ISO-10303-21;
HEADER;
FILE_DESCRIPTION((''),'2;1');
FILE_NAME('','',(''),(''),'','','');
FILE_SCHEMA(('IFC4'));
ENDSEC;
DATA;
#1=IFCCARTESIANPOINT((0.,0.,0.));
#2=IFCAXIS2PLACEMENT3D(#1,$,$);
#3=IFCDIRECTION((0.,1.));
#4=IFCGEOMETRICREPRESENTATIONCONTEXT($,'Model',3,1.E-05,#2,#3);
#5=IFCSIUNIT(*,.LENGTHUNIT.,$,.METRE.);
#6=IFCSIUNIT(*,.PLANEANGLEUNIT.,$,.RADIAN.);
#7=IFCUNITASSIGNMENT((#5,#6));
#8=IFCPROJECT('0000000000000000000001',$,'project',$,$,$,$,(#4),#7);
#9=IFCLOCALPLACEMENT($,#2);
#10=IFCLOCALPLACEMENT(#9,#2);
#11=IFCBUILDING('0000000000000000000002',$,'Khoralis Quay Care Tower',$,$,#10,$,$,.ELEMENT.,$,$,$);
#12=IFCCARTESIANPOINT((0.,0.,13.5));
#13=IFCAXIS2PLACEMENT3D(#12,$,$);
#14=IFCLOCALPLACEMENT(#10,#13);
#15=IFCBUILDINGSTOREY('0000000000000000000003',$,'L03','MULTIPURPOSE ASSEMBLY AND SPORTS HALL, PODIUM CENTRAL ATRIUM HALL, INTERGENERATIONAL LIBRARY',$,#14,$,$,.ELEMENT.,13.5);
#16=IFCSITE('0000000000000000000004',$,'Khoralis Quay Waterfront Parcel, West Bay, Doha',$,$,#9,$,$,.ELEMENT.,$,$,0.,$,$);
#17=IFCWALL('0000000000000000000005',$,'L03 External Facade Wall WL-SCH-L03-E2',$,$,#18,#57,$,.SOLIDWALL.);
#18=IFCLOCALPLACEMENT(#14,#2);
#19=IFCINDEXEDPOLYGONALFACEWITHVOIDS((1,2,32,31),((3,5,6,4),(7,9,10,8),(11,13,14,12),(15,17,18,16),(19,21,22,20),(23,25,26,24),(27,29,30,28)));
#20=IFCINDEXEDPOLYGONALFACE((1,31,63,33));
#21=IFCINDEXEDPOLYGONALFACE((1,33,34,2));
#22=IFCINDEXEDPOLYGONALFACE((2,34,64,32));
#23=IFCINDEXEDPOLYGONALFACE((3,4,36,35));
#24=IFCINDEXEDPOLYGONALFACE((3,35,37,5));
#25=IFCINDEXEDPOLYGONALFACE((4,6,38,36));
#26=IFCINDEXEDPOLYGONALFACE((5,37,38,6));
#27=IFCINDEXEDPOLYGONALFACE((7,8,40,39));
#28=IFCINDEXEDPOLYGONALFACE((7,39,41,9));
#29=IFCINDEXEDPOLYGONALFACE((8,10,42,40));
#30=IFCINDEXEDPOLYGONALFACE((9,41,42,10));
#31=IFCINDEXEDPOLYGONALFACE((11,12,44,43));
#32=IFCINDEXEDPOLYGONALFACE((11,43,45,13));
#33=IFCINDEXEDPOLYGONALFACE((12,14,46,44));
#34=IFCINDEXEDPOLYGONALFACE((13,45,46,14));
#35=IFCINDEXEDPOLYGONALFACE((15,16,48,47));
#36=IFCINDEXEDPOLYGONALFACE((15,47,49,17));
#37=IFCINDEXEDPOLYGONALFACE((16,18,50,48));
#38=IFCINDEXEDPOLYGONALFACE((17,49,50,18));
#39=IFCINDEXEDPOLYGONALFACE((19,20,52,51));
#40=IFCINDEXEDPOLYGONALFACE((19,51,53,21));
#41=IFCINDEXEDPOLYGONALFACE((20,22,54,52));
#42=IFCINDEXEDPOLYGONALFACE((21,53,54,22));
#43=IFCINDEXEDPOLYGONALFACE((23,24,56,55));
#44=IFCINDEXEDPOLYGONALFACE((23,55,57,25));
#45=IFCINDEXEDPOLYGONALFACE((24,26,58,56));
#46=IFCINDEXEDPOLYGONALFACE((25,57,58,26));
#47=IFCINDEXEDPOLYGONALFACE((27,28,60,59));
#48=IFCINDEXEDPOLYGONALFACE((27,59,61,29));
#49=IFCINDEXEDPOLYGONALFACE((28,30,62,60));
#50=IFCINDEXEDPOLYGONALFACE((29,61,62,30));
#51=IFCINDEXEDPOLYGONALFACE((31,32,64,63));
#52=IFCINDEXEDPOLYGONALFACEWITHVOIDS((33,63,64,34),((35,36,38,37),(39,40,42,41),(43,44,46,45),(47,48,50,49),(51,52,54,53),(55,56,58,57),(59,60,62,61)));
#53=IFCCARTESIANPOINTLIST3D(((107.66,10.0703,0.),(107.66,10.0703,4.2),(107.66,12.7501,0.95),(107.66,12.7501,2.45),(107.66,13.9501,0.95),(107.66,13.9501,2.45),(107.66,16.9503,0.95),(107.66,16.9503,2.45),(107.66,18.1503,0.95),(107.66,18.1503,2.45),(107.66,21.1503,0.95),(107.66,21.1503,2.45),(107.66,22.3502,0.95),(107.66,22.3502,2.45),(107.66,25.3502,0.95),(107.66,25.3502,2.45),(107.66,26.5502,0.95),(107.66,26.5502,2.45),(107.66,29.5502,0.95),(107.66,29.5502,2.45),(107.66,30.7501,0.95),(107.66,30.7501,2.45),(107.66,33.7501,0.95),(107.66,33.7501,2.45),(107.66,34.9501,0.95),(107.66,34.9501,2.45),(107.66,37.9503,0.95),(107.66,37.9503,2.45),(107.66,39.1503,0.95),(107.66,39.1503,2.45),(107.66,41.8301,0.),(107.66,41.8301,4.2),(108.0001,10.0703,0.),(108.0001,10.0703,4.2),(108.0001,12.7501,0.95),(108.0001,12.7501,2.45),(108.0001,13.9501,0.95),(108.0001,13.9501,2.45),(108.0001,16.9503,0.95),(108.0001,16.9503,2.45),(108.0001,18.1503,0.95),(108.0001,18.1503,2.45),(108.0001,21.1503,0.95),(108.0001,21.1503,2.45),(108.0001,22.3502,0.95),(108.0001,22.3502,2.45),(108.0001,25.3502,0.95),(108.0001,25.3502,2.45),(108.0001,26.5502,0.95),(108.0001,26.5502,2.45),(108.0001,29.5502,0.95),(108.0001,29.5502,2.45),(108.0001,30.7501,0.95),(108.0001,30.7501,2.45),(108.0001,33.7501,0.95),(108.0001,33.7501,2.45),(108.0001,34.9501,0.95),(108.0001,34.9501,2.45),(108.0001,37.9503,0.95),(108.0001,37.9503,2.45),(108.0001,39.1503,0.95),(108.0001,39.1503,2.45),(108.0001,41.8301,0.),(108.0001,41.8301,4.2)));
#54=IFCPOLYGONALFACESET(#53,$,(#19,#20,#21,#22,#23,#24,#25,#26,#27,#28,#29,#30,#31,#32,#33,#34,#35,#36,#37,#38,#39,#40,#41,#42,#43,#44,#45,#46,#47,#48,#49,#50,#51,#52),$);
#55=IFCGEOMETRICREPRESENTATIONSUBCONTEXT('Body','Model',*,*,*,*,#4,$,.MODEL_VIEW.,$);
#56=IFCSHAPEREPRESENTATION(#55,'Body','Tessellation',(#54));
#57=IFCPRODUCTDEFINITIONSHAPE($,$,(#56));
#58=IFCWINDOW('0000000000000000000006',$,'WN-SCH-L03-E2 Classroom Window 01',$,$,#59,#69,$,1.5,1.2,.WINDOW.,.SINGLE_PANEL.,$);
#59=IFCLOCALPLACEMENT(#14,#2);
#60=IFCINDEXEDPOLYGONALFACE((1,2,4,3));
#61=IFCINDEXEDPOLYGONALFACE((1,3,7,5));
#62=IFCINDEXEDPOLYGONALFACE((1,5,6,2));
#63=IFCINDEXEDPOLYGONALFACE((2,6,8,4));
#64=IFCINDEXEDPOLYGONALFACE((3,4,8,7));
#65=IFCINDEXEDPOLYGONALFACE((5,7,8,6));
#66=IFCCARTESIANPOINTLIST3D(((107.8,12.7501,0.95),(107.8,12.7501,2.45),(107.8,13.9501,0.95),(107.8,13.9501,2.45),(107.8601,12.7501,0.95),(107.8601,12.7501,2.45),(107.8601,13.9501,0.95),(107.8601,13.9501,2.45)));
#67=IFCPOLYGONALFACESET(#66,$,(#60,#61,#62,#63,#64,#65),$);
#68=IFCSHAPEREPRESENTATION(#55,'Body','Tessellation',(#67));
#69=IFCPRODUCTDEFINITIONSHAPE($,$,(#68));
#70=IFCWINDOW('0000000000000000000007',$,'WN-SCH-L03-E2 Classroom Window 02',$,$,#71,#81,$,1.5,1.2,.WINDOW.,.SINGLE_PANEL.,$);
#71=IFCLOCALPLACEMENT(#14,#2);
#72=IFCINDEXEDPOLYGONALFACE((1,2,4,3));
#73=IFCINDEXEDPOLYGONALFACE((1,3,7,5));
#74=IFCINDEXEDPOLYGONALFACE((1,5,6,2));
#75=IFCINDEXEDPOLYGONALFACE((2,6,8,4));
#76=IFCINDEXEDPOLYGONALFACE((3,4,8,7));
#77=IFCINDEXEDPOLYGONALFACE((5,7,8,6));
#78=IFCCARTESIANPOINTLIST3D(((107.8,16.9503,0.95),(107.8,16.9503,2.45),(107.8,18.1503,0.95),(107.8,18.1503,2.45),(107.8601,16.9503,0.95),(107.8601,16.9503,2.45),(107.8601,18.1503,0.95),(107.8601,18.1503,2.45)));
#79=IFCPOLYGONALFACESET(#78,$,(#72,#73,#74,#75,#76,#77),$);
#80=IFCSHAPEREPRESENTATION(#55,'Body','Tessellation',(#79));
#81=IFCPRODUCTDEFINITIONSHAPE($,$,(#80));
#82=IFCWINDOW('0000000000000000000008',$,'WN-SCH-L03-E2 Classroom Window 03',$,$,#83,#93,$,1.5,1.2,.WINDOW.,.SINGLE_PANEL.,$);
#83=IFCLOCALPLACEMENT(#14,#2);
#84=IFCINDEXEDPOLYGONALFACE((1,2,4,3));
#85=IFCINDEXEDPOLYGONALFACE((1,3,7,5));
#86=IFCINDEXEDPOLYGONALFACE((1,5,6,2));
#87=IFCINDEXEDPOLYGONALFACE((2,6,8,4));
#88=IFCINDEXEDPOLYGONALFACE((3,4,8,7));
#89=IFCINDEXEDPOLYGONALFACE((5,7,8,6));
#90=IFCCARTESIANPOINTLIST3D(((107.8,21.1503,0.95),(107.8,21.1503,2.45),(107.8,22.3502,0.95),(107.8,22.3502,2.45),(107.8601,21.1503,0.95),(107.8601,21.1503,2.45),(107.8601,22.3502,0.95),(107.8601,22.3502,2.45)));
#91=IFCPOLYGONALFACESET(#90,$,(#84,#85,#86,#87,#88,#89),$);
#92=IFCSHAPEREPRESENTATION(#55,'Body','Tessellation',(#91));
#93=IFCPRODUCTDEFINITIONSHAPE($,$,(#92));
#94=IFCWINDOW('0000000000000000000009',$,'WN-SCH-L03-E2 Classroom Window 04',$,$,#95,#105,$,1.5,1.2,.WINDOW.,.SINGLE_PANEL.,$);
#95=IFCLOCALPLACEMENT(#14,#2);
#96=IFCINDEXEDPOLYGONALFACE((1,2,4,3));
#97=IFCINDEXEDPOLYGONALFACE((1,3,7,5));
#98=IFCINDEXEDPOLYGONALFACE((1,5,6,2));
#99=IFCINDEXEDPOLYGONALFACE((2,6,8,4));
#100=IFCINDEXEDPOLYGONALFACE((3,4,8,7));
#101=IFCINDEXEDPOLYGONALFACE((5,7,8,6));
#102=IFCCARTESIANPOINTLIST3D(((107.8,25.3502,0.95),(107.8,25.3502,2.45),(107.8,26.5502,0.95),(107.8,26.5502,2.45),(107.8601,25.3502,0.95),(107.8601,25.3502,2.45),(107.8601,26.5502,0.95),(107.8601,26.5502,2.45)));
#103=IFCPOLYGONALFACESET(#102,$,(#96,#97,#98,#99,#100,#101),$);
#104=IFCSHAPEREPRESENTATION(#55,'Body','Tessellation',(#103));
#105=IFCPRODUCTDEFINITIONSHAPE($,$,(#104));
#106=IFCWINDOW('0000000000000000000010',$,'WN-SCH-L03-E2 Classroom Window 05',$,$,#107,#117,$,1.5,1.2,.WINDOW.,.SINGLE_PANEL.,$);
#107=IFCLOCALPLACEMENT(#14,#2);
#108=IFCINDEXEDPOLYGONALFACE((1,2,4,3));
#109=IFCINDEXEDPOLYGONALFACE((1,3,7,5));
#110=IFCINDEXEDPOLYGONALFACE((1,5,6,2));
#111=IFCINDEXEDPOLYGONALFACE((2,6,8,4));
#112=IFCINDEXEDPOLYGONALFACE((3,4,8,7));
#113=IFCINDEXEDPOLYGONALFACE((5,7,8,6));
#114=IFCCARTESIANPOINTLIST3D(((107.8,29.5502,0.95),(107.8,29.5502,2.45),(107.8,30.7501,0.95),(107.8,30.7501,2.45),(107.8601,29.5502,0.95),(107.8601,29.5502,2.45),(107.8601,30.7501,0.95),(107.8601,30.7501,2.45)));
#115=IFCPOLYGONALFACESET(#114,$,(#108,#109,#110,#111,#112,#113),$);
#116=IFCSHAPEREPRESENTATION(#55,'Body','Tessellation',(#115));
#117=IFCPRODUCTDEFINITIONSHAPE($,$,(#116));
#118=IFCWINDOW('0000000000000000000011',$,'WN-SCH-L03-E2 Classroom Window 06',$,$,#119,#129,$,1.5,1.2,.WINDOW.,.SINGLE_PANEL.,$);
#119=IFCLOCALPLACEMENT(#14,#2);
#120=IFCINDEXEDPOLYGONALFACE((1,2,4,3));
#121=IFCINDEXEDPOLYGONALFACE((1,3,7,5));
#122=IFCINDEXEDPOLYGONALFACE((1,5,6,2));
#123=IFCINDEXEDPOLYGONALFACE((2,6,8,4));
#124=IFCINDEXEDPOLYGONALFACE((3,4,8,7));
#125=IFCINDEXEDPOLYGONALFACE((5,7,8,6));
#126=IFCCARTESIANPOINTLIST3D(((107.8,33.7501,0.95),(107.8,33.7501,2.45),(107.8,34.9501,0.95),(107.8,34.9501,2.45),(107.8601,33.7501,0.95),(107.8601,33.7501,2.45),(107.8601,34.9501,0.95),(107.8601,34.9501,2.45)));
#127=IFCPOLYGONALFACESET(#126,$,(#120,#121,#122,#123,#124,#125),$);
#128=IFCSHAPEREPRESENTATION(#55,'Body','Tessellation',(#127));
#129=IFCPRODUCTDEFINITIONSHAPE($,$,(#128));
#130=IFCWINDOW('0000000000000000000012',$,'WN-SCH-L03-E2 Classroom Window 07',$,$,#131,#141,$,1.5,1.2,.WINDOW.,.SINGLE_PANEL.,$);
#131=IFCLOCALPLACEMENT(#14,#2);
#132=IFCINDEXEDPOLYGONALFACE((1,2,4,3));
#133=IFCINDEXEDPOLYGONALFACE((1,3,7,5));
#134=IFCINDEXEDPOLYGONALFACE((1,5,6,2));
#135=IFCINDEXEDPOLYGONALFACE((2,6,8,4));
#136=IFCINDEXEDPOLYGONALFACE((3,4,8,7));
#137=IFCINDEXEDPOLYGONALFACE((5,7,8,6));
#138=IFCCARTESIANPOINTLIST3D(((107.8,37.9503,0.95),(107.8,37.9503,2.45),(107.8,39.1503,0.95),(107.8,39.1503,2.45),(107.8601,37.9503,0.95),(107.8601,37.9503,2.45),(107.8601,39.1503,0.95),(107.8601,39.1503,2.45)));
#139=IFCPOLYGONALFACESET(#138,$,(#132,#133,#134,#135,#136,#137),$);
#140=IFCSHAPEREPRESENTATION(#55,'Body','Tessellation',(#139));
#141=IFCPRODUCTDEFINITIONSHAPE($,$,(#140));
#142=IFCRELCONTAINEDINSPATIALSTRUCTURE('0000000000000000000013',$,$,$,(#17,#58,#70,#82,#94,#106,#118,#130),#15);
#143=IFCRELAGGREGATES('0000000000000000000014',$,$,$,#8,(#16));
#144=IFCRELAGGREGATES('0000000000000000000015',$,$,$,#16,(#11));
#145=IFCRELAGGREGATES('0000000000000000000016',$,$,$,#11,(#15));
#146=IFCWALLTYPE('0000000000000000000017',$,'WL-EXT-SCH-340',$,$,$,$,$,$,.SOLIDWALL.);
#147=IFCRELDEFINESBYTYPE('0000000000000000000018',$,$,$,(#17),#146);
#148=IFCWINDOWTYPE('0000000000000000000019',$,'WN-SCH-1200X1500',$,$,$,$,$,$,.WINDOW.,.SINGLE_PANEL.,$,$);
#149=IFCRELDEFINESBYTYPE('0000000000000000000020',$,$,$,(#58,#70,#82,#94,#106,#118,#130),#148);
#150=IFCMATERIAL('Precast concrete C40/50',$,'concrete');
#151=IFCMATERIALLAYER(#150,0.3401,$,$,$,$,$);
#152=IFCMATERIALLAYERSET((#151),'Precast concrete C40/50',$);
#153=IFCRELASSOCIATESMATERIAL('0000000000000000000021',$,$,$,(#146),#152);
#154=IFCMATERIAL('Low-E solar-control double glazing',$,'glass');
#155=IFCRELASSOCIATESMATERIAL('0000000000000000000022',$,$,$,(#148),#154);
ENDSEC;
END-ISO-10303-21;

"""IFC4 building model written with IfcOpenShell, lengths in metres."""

from ifc_helpers import new_model, si_unit, direction, frame, frame_2d, origin, place, context, subcontext, project, spatial, rectangle, extrude, source, transform, mapped, material, layer, layer_set, type_object, element, fill, save


model = new_model("IFC4")

# Units and contexts
model_context = context("Model", 3, precision=1e-05, world=origin(), true_north=direction((0.0, 1.0)))
body_context = subcontext(model_context, "Body", "Model", "MODEL_VIEW")
ifc_project = project(units=[si_unit("LENGTHUNIT", "METRE"), si_unit("PLANEANGLEUNIT", "RADIAN")], contexts=[model_context])

# Site, building, storey
site_placement = place(None, origin())
site = spatial("IfcSite", under=ifc_project, at=site_placement, Name="Khoralis Quay Waterfront Parcel, West Bay, Doha", CompositionType="ELEMENT", RefElevation=0.0)
building_placement = place(site_placement, origin())
building = spatial("IfcBuilding", under=site, at=building_placement, Name="Khoralis Quay Care Tower", CompositionType="ELEMENT")
storey_placement = place(building_placement, frame((0.0, 0.0, 13.5)))
storey = spatial("IfcBuildingStorey", under=building, at=storey_placement, Name="L03", Description="MULTIPURPOSE ASSEMBLY AND SPORTS HALL, PODIUM CENTRAL ATRIUM HALL, INTERGENERATIONAL LIBRARY", CompositionType="ELEMENT", Elevation=13.5)

# Shared definitions
ifc_material_1 = material(Name="Precast concrete C40/50", Category="concrete")
ifc_layer = layer(ifc_material_1, 0.3401)
ifc_layer_set = layer_set([ifc_layer], Name="Precast concrete C40/50")
wall_type = type_object("IfcWallType", Name="WL-EXT-SCH-340", PredefinedType="SOLIDWALL", material=ifc_layer_set)
ifc_material_2 = material(Name="Low-E solar-control double glazing", Category="glass")
window_type = type_object("IfcWindowType", Name="WN-SCH-1200X1500", PartitioningType="SINGLE_PANEL", PredefinedType="WINDOW", material=ifc_material_2)
shared_shape_1 = source(origin(), body_context, "Body", "SweptSolid", [
    extrude(rectangle(XDim=1.2, YDim=1.5, at=frame_2d((0.6001, 0.75))), frame((0.0, 0.03, 0.0), z_axis=(0.0, -1.0, 0.0), x_axis=(1.0, 0.0, 0.0)), (0.0, 0.0, 1.0), 0.0601),
])

# Wall, openings, windows
wall_1_placement = place(storey_placement, frame((107.8301, 10.0703, 0.0), z_axis=(0.0, 0.0, 1.0), x_axis=(0.0, 1.0, 0.0)))
wall_1 = element("IfcWall", 1, at=wall_1_placement, inside=storey, type_object=wall_type, Name="L03 External Facade Wall WL-SCH-L03-E2", PredefinedType="SOLIDWALL", context=body_context, shape_type="SweptSolid", body=[
    extrude(rectangle(XDim=31.7598, YDim=0.3401, at=frame_2d((15.8799, 0.0))), origin(), (0.0, 0.0, 1.0), 4.2),
])
opening_1_placement = place(wall_1_placement, frame((2.6797, 0.0, 0.95)))
opening_1 = element("IfcOpeningElement", 2, at=opening_1_placement, cuts=wall_1, PredefinedType="OPENING", context=body_context, shape_type="SweptSolid", body=[
    extrude(rectangle(XDim=1.2, YDim=1.5, at=frame_2d((0.6001, 0.75))), frame((0.0, 0.1802, 0.0), z_axis=(0.0, -1.0, 0.0), x_axis=(1.0, 0.0, 0.0)), (0.0, 0.0, 1.0), 0.3601),
])
opening_2_placement = place(wall_1_placement, frame((6.8799, 0.0, 0.95)))
opening_2 = element("IfcOpeningElement", 3, at=opening_2_placement, cuts=wall_1, PredefinedType="OPENING", context=body_context, shape_type="SweptSolid", body=[
    extrude(rectangle(XDim=1.2, YDim=1.5, at=frame_2d((0.6001, 0.75))), frame((0.0, 0.1802, 0.0), z_axis=(0.0, -1.0, 0.0), x_axis=(1.0, 0.0, 0.0)), (0.0, 0.0, 1.0), 0.3601),
])
opening_3_placement = place(wall_1_placement, frame((11.0798, 0.0, 0.95)))
opening_3 = element("IfcOpeningElement", 4, at=opening_3_placement, cuts=wall_1, PredefinedType="OPENING", context=body_context, shape_type="SweptSolid", body=[
    extrude(rectangle(XDim=1.2, YDim=1.5, at=frame_2d((0.6001, 0.75))), frame((0.0, 0.1802, 0.0), z_axis=(0.0, -1.0, 0.0), x_axis=(1.0, 0.0, 0.0)), (0.0, 0.0, 1.0), 0.3601),
])
opening_4_placement = place(wall_1_placement, frame((15.2798, 0.0, 0.95)))
opening_4 = element("IfcOpeningElement", 5, at=opening_4_placement, cuts=wall_1, PredefinedType="OPENING", context=body_context, shape_type="SweptSolid", body=[
    extrude(rectangle(XDim=1.2, YDim=1.5, at=frame_2d((0.6001, 0.75))), frame((0.0, 0.1802, 0.0), z_axis=(0.0, -1.0, 0.0), x_axis=(1.0, 0.0, 0.0)), (0.0, 0.0, 1.0), 0.3601),
])
opening_5_placement = place(wall_1_placement, frame((19.4797, 0.0, 0.95)))
opening_5 = element("IfcOpeningElement", 6, at=opening_5_placement, cuts=wall_1, PredefinedType="OPENING", context=body_context, shape_type="SweptSolid", body=[
    extrude(rectangle(XDim=1.2, YDim=1.5, at=frame_2d((0.6001, 0.75))), frame((0.0, 0.1802, 0.0), z_axis=(0.0, -1.0, 0.0), x_axis=(1.0, 0.0, 0.0)), (0.0, 0.0, 1.0), 0.3601),
])
opening_6_placement = place(wall_1_placement, frame((23.6797, 0.0, 0.95)))
opening_6 = element("IfcOpeningElement", 7, at=opening_6_placement, cuts=wall_1, PredefinedType="OPENING", context=body_context, shape_type="SweptSolid", body=[
    extrude(rectangle(XDim=1.2, YDim=1.5, at=frame_2d((0.6001, 0.75))), frame((0.0, 0.1802, 0.0), z_axis=(0.0, -1.0, 0.0), x_axis=(1.0, 0.0, 0.0)), (0.0, 0.0, 1.0), 0.3601),
])
opening_7_placement = place(wall_1_placement, frame((27.8799, 0.0, 0.95)))
opening_7 = element("IfcOpeningElement", 8, at=opening_7_placement, cuts=wall_1, PredefinedType="OPENING", context=body_context, shape_type="SweptSolid", body=[
    extrude(rectangle(XDim=1.2, YDim=1.5, at=frame_2d((0.6001, 0.75))), frame((0.0, 0.1802, 0.0), z_axis=(0.0, -1.0, 0.0), x_axis=(1.0, 0.0, 0.0)), (0.0, 0.0, 1.0), 0.3601),
])
window_1_placement = place(opening_1_placement, origin())
window_1 = element("IfcWindow", 9, at=window_1_placement, inside=storey, type_object=window_type, Name="WN-SCH-L03-E2 Classroom Window 01", OverallHeight=1.5, OverallWidth=1.2, PartitioningType="SINGLE_PANEL", PredefinedType="WINDOW", context=body_context, shape_type="MappedRepresentation", body=[
    mapped(shared_shape_1, transform((0.0, 0.0, 0.0), scale=1.0)),
])
fill(opening_1, window_1)
window_2_placement = place(opening_2_placement, origin())
window_2 = element("IfcWindow", 10, at=window_2_placement, inside=storey, type_object=window_type, Name="WN-SCH-L03-E2 Classroom Window 02", OverallHeight=1.5, OverallWidth=1.2, PartitioningType="SINGLE_PANEL", PredefinedType="WINDOW", context=body_context, shape_type="MappedRepresentation", body=[
    mapped(shared_shape_1, transform((0.0, 0.0, 0.0), scale=1.0)),
])
fill(opening_2, window_2)
window_3_placement = place(opening_3_placement, origin())
window_3 = element("IfcWindow", 11, at=window_3_placement, inside=storey, type_object=window_type, Name="WN-SCH-L03-E2 Classroom Window 03", OverallHeight=1.5, OverallWidth=1.2, PartitioningType="SINGLE_PANEL", PredefinedType="WINDOW", context=body_context, shape_type="MappedRepresentation", body=[
    mapped(shared_shape_1, transform((0.0, 0.0, 0.0), scale=1.0)),
])
fill(opening_3, window_3)
window_4_placement = place(opening_4_placement, origin())
window_4 = element("IfcWindow", 12, at=window_4_placement, inside=storey, type_object=window_type, Name="WN-SCH-L03-E2 Classroom Window 04", OverallHeight=1.5, OverallWidth=1.2, PartitioningType="SINGLE_PANEL", PredefinedType="WINDOW", context=body_context, shape_type="MappedRepresentation", body=[
    mapped(shared_shape_1, transform((0.0, 0.0, 0.0), scale=1.0)),
])
fill(opening_4, window_4)
window_5_placement = place(opening_5_placement, origin())
window_5 = element("IfcWindow", 13, at=window_5_placement, inside=storey, type_object=window_type, Name="WN-SCH-L03-E2 Classroom Window 05", OverallHeight=1.5, OverallWidth=1.2, PartitioningType="SINGLE_PANEL", PredefinedType="WINDOW", context=body_context, shape_type="MappedRepresentation", body=[
    mapped(shared_shape_1, transform((0.0, 0.0, 0.0), scale=1.0)),
])
fill(opening_5, window_5)
window_6_placement = place(opening_6_placement, origin())
window_6 = element("IfcWindow", 14, at=window_6_placement, inside=storey, type_object=window_type, Name="WN-SCH-L03-E2 Classroom Window 06", OverallHeight=1.5, OverallWidth=1.2, PartitioningType="SINGLE_PANEL", PredefinedType="WINDOW", context=body_context, shape_type="MappedRepresentation", body=[
    mapped(shared_shape_1, transform((0.0, 0.0, 0.0), scale=1.0)),
])
fill(opening_6, window_6)
window_7_placement = place(opening_7_placement, origin())
window_7 = element("IfcWindow", 15, at=window_7_placement, inside=storey, type_object=window_type, Name="WN-SCH-L03-E2 Classroom Window 07", OverallHeight=1.5, OverallWidth=1.2, PartitioningType="SINGLE_PANEL", PredefinedType="WINDOW", context=body_context, shape_type="MappedRepresentation", body=[
    mapped(shared_shape_1, transform((0.0, 0.0, 0.0), scale=1.0)),
])
fill(opening_7, window_7)

save(model, "model.ifc")
